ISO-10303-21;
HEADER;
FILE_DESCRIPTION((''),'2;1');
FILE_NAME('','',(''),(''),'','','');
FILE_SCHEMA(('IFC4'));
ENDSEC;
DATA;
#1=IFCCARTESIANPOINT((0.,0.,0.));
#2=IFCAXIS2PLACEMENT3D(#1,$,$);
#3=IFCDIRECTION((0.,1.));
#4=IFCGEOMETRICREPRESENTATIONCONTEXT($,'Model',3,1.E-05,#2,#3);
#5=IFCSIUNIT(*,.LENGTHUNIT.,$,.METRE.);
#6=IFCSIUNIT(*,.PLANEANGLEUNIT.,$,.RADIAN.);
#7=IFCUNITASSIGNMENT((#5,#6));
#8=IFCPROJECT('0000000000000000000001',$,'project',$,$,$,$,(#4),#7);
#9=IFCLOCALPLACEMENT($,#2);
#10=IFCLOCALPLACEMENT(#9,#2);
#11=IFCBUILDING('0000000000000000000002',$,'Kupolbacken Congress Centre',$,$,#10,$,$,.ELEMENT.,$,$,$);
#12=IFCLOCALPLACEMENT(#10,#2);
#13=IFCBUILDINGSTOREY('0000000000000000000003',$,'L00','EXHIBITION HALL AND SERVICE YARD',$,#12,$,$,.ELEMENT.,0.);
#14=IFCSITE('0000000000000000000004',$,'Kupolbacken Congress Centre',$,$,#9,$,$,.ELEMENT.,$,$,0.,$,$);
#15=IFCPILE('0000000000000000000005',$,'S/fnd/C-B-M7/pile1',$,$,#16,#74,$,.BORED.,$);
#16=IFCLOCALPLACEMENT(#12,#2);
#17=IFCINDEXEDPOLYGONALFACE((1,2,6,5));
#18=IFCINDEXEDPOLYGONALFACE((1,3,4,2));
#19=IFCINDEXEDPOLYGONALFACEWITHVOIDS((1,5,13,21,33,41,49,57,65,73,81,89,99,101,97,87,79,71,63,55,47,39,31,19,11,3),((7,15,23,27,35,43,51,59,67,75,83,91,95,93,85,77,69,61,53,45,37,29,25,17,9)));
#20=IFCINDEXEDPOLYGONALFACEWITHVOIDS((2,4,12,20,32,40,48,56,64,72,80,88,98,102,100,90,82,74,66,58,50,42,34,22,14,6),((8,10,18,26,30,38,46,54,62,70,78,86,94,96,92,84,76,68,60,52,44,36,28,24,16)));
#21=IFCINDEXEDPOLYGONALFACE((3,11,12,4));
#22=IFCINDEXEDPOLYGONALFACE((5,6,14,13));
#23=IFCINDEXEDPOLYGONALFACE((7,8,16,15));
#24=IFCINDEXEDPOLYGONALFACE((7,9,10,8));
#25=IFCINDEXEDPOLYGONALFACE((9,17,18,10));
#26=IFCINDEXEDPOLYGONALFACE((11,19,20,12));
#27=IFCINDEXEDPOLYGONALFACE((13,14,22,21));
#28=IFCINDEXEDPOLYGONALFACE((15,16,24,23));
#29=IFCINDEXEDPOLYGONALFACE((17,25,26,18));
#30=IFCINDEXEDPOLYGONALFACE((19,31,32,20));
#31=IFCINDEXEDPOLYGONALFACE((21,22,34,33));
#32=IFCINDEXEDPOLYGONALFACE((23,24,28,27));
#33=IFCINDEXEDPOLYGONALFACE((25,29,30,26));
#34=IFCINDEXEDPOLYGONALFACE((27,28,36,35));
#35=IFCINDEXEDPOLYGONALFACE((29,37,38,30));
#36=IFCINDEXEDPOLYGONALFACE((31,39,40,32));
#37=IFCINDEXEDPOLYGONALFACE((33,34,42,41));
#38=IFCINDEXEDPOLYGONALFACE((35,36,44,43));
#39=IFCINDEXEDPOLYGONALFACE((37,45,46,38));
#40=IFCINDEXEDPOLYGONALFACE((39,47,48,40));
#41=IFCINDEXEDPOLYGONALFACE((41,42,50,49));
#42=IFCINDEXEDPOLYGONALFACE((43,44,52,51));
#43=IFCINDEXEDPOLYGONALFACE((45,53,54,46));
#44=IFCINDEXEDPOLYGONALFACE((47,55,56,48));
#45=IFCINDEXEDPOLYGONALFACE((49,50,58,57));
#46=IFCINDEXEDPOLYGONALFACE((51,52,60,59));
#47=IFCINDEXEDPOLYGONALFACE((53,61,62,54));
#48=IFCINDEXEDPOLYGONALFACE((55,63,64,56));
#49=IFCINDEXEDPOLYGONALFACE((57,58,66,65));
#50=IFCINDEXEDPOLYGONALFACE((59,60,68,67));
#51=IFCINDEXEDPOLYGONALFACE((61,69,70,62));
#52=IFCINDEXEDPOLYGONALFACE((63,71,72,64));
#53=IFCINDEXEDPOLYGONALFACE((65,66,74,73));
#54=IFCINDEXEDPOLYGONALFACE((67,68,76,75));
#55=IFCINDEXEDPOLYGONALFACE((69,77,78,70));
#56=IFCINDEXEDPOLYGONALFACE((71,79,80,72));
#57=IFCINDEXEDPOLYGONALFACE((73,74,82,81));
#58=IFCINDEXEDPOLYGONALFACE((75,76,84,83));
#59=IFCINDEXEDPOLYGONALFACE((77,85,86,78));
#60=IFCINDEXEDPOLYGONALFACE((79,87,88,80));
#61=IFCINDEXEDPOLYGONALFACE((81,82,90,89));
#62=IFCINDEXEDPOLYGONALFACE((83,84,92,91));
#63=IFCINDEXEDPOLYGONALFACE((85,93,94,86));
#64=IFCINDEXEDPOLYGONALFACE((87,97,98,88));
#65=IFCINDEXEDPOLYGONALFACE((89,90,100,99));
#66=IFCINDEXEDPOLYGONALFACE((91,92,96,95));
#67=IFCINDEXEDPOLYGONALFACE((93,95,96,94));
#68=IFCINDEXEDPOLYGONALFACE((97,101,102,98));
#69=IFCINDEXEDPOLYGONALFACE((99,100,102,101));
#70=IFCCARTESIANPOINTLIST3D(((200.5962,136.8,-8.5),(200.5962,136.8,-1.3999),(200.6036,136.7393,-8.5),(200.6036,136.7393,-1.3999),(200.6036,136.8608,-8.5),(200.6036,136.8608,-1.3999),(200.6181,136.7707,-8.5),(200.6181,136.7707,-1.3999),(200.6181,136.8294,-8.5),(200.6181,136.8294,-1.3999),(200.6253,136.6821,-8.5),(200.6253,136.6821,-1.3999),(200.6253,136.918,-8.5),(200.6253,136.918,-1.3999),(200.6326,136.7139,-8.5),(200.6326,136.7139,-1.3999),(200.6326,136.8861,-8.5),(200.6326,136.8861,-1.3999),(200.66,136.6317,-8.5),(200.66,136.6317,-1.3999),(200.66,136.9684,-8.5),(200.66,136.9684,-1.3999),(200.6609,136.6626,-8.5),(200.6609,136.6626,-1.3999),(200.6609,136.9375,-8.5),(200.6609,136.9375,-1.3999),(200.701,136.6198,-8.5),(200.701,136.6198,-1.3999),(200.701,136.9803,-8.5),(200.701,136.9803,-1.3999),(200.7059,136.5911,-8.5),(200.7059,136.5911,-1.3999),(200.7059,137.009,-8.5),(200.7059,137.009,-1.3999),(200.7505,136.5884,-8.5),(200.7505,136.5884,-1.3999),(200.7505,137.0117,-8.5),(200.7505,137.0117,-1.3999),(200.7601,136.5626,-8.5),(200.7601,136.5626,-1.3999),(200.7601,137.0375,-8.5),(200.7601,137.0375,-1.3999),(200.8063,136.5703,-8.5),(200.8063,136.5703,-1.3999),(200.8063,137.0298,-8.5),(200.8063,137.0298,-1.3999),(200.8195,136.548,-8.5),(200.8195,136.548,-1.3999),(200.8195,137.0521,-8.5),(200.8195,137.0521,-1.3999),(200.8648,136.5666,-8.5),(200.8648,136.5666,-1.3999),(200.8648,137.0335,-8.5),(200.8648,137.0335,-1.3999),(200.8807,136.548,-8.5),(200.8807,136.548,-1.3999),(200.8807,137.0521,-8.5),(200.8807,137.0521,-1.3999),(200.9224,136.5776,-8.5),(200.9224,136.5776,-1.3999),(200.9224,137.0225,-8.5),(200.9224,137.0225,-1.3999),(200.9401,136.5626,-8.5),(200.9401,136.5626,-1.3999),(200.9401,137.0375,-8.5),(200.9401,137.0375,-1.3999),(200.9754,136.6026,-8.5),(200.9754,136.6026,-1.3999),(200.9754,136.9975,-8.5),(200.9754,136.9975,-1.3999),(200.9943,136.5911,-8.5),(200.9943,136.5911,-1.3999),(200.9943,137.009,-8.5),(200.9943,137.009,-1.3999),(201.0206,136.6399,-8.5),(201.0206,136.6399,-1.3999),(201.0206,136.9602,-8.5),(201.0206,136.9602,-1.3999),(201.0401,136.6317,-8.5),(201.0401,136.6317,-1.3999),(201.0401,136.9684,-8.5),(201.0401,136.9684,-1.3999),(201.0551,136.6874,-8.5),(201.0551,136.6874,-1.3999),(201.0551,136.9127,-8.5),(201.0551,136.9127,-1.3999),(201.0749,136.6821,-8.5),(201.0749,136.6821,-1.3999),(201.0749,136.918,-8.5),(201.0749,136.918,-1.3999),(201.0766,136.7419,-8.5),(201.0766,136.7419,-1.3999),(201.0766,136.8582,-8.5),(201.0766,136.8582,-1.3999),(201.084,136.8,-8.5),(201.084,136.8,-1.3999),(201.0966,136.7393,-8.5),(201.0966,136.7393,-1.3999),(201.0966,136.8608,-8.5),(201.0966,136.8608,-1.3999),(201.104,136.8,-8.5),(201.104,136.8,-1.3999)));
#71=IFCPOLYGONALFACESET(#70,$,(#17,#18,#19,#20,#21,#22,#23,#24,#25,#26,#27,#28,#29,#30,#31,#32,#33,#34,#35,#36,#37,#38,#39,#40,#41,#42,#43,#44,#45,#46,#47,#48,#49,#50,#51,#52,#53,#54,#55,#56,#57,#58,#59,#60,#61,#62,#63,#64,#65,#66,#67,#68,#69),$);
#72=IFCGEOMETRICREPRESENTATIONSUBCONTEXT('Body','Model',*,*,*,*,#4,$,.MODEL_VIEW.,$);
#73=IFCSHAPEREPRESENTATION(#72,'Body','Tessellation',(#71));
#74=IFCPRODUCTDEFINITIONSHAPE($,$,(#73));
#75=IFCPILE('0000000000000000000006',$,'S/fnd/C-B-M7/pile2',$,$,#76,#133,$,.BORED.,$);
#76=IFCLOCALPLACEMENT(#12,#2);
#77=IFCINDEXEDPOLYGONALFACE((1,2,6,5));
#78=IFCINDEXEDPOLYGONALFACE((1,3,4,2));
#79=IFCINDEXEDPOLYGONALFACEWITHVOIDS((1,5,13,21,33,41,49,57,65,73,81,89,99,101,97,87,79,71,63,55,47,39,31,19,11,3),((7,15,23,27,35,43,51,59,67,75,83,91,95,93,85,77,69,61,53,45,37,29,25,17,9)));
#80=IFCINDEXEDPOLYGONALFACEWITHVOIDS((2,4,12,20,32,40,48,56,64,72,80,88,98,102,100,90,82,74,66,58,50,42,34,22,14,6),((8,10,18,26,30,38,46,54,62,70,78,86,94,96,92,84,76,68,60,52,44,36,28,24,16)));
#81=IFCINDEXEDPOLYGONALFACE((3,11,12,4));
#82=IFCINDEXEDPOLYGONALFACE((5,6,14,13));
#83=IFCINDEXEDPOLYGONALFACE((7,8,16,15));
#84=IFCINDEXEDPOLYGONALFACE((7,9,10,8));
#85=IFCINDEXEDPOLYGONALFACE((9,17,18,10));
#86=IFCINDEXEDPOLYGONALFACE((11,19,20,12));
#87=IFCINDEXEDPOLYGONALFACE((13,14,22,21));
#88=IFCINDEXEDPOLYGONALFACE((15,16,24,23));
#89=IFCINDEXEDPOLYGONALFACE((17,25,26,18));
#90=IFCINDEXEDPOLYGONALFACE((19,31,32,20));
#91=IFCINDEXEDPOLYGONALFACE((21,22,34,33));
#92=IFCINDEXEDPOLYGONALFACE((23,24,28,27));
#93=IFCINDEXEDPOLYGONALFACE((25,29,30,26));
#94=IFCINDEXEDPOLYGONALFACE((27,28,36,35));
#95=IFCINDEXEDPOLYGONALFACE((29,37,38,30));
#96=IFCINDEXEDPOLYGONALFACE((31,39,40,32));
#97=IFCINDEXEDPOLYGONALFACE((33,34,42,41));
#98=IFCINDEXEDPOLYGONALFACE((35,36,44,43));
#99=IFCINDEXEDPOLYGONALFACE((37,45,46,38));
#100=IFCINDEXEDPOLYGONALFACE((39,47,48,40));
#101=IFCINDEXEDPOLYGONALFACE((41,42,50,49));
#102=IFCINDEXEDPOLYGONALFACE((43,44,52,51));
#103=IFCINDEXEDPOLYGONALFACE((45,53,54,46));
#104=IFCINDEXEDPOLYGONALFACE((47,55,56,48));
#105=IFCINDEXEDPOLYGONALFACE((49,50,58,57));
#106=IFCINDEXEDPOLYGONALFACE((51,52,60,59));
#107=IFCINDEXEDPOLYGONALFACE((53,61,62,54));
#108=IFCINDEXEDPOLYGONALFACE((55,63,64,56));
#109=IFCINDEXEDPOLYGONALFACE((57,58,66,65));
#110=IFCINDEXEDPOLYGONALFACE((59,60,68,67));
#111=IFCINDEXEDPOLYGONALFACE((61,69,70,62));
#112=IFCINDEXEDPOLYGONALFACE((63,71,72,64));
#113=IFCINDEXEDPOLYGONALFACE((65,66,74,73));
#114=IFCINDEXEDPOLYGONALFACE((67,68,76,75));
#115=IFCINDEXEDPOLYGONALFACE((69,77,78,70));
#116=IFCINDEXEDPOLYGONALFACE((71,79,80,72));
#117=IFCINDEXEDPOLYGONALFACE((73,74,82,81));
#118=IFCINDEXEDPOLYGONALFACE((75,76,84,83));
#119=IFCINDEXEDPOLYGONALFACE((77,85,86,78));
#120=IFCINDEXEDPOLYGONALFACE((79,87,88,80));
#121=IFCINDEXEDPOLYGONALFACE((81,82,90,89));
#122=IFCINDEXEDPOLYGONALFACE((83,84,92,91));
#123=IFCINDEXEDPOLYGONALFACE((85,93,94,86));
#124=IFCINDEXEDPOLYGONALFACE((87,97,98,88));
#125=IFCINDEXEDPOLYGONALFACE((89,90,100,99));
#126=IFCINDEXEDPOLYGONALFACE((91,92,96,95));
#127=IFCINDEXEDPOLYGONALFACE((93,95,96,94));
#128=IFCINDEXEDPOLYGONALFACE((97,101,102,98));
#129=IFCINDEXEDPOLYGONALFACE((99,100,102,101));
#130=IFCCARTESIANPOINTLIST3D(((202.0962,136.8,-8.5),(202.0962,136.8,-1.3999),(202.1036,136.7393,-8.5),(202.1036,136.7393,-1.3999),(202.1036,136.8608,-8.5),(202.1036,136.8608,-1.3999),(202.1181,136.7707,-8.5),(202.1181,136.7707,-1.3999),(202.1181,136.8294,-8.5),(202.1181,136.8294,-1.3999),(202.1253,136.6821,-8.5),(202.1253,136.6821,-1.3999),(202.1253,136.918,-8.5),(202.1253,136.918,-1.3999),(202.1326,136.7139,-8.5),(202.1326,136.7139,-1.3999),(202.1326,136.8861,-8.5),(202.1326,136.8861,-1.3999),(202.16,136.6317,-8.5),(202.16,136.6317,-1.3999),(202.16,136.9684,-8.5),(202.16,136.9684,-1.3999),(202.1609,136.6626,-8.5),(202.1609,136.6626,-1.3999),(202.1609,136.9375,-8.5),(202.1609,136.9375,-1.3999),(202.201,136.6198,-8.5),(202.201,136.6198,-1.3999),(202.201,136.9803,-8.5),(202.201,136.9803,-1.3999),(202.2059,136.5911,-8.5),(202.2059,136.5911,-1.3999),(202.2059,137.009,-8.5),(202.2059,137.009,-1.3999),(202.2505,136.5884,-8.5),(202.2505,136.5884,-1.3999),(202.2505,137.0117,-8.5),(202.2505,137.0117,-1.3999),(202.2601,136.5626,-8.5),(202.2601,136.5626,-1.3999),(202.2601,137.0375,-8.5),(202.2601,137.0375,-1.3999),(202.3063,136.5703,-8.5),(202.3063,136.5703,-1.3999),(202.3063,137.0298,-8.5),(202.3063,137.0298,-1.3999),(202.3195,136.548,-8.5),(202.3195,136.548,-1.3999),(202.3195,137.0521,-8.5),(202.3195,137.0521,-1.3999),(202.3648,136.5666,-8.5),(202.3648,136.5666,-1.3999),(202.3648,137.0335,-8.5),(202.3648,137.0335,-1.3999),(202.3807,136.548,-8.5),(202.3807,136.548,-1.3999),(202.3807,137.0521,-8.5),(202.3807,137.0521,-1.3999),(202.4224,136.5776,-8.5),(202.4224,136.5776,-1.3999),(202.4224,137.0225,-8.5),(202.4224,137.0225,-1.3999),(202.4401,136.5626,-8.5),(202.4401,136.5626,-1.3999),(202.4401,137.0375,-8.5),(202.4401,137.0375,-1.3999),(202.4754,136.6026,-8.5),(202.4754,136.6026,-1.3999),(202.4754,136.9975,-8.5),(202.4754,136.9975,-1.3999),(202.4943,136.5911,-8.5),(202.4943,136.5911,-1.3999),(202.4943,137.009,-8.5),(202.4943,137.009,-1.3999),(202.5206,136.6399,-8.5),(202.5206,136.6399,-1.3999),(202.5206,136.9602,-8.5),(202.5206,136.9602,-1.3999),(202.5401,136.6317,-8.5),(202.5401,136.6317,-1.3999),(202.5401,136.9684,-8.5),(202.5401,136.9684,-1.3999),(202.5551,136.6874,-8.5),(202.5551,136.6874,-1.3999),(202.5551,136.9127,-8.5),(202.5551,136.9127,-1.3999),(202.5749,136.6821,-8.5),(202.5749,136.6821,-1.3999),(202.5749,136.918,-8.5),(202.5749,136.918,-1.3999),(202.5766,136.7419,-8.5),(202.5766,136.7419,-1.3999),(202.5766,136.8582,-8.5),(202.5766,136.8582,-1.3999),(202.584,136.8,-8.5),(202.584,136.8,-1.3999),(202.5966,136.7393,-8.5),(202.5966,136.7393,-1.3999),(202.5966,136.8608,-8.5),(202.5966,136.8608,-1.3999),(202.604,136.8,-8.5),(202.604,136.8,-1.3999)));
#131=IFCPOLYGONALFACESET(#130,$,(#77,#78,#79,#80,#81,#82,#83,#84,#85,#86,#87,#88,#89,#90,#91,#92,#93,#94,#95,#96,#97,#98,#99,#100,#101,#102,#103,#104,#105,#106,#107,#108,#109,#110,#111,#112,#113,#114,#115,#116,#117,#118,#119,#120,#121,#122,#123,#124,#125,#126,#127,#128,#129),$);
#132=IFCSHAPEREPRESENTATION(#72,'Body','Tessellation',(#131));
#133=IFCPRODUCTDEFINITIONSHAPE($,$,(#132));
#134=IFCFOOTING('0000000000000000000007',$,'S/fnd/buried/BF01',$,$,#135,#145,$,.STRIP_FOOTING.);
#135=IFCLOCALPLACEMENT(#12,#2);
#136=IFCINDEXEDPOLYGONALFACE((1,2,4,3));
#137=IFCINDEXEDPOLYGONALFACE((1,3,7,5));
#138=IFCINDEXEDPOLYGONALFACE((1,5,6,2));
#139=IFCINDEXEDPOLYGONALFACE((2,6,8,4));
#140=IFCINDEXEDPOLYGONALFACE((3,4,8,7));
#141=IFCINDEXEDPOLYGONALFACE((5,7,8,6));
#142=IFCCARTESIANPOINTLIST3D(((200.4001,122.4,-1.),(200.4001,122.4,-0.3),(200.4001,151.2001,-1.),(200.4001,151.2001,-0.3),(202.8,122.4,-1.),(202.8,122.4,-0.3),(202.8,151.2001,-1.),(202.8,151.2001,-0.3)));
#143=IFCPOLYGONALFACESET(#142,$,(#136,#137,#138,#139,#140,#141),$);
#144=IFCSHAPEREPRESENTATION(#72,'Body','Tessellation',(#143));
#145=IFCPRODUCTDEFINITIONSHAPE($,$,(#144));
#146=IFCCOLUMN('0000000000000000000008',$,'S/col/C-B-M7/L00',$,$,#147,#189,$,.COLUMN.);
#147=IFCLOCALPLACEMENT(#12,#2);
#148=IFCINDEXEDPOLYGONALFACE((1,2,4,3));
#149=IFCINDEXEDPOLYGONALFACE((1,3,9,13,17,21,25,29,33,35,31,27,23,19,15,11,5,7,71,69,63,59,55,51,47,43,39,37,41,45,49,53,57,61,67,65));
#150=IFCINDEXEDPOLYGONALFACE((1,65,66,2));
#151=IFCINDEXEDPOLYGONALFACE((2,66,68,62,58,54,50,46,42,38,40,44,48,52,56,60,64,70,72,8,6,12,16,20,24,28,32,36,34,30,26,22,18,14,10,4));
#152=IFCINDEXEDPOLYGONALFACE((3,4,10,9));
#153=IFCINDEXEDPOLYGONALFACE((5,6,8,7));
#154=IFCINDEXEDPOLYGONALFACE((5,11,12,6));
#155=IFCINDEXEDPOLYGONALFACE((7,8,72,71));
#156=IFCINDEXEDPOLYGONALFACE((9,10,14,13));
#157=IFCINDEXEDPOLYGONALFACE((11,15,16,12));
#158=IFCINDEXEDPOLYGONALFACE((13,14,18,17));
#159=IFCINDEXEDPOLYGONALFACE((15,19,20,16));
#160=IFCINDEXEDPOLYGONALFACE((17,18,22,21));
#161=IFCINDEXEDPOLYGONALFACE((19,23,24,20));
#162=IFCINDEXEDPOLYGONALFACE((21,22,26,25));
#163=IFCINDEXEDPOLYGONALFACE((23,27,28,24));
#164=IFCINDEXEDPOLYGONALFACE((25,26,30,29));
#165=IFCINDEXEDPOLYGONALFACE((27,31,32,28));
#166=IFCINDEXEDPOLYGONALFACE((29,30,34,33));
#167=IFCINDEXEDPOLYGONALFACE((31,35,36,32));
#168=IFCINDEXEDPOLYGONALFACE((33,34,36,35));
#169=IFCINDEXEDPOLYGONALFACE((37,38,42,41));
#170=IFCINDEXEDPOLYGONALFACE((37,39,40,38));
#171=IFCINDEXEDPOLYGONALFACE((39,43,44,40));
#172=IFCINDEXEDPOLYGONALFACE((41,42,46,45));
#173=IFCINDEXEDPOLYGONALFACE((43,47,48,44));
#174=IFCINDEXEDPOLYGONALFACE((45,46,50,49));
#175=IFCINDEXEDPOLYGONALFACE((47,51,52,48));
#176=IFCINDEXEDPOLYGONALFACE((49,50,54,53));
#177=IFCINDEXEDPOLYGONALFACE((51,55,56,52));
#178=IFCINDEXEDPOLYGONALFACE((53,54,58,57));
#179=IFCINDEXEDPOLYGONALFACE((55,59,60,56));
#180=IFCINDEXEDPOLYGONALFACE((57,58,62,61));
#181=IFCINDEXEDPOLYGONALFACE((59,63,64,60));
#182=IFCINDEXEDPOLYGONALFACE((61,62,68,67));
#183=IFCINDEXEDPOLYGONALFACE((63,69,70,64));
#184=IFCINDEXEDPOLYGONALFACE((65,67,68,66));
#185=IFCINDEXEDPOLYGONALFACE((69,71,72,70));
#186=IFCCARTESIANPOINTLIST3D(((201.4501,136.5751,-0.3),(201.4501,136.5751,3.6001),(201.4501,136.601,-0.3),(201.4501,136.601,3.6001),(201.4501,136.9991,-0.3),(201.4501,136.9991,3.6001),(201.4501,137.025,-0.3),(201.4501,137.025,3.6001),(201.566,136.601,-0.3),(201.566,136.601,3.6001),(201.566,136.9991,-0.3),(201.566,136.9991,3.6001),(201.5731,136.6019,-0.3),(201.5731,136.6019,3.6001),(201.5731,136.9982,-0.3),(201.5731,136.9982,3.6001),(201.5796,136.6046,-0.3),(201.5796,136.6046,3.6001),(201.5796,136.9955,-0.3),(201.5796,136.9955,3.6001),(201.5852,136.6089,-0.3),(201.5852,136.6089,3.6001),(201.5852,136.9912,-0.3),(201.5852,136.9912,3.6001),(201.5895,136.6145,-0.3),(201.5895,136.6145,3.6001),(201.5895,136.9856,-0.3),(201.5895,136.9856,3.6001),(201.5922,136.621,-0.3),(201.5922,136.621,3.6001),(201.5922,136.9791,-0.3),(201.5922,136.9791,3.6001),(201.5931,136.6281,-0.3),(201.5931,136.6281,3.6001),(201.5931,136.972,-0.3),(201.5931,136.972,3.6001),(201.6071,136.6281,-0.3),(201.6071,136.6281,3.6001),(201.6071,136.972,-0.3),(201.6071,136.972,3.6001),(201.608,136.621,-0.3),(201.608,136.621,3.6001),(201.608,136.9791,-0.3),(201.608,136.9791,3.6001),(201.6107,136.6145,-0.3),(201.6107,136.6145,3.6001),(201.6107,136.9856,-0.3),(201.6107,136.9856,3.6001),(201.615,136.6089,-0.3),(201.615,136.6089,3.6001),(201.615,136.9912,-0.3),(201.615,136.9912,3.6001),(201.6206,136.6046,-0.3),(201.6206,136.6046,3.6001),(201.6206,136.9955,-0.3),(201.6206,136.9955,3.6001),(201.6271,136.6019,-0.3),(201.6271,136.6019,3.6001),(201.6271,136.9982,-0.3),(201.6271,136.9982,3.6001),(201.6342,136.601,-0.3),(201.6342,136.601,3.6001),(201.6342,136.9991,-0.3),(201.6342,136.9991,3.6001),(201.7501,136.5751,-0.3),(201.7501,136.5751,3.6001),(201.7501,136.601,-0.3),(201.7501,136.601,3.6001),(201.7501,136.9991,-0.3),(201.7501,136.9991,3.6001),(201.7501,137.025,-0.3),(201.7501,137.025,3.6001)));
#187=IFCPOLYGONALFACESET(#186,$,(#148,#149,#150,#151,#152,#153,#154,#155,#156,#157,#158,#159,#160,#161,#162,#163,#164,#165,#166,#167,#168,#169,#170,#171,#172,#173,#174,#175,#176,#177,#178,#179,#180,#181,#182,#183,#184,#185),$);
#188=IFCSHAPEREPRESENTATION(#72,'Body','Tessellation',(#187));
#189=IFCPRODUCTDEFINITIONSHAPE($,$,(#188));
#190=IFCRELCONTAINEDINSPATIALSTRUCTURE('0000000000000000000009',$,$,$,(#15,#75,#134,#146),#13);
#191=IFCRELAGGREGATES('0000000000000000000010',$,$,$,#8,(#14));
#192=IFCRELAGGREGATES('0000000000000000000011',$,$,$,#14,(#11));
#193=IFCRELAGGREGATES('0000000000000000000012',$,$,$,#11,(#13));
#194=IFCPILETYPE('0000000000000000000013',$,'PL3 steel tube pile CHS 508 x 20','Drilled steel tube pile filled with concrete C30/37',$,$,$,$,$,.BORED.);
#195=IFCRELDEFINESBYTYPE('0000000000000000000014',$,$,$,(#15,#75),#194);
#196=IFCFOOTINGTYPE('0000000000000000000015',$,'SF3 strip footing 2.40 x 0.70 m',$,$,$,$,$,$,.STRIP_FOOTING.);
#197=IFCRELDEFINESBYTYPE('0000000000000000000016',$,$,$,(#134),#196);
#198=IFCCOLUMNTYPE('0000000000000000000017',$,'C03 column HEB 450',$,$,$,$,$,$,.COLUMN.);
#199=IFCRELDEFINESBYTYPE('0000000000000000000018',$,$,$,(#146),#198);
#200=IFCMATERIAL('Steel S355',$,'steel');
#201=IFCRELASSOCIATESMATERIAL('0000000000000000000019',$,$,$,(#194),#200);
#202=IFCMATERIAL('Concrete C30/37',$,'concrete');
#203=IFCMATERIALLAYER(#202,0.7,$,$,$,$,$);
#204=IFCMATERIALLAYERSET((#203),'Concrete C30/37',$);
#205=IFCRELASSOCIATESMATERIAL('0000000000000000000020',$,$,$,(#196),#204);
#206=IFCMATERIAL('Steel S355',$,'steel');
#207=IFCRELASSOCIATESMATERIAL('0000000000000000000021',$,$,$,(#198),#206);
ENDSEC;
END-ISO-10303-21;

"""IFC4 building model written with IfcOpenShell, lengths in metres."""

from ifc_helpers import new_model, si_unit, direction, frame, origin, origin_2d, place, context, subcontext, project, spatial, rectangle, hollow_circle, i_section, extrude, material, layer, layer_set, material_profile, profile_set, type_object, element, save


model = new_model("IFC4")

# Units and contexts
model_context = context("Model", 3, precision=1e-05, world=origin(), true_north=direction((0.0, 1.0)))
body_context = subcontext(model_context, "Body", "Model", "MODEL_VIEW")
ifc_project = project(units=[si_unit("LENGTHUNIT", "METRE"), si_unit("PLANEANGLEUNIT", "RADIAN")], contexts=[model_context])

# Site, building, storey
site_placement = place(None, origin())
site = spatial("IfcSite", under=ifc_project, at=site_placement, Name="Kupolbacken Congress Centre", CompositionType="ELEMENT", RefElevation=0.0)
building_placement = place(site_placement, origin())
building = spatial("IfcBuilding", under=site, at=building_placement, Name="Kupolbacken Congress Centre", CompositionType="ELEMENT")
storey_placement = place(building_placement, origin())
storey = spatial("IfcBuildingStorey", under=building, at=storey_placement, Name="L00", Description="EXHIBITION HALL AND SERVICE YARD", CompositionType="ELEMENT", Elevation=0.0)

# Piles
ifc_material_1 = material(Name="Steel S355", Category="steel")
ifc_material_profile_1 = material_profile(ifc_material_1, hollow_circle(Radius=0.2539, WallThickness=0.02, at=origin_2d()), Name="CHS 508 x 20")
ifc_profile_set_1 = profile_set([ifc_material_profile_1], Name="Steel S355")
pile_type_1 = type_object("IfcPileType", Name="PL3 steel tube pile CHS 508 x 20", Description="Drilled steel tube pile filled with concrete C30/37", PredefinedType="BORED", material=ifc_profile_set_1)
for number, where, z_axis, x_axis, name in (
    (1, (200.8501, 136.8, -1.3999), (0.0, 0.0, -1.0), (1.0, 0.0, 0.0), "S/fnd/C-B-M7/pile1"),
    (2, (202.3501, 136.8, -1.3999), (0.0, 0.0, -1.0), (1.0, 0.0, 0.0), "S/fnd/C-B-M7/pile2"),
):
    element("IfcPile", number, at=place(storey_placement, frame(where, z_axis=z_axis, x_axis=x_axis)), inside=storey, type_object=pile_type_1, Name=name, PredefinedType="BORED", context=body_context, shape_type="SweptSolid", body=[
        extrude(hollow_circle(Radius=0.2539, WallThickness=0.02, at=origin_2d()), origin(), (0.0, 0.0, 1.0), 7.1001),
    ])

# Footing
ifc_material_2 = material(Name="Concrete C30/37", Category="concrete")
ifc_layer_1 = layer(ifc_material_2, 0.7)
ifc_layer_set_1 = layer_set([ifc_layer_1], Name="Concrete C30/37")
footing_type_1 = type_object("IfcFootingType", Name="SF3 strip footing 2.40 x 0.70 m", PredefinedType="STRIP_FOOTING", material=ifc_layer_set_1)
footing_1_placement = place(storey_placement, frame((201.6001, 136.8, -1.0), z_axis=(0.0, 0.0, 1.0), x_axis=(0.0, 1.0, 0.0)))
element("IfcFooting", 3, at=footing_1_placement, inside=storey, type_object=footing_type_1, Name="S/fnd/buried/BF01", PredefinedType="STRIP_FOOTING", context=body_context, shape_type="SweptSolid", body=[
    extrude(rectangle(XDim=28.8, YDim=2.3999, at=origin_2d()), origin(), (0.0, 0.0, 1.0), 0.7),
])

# Column
ifc_material_3 = material(Name="Steel S355", Category="steel")
ifc_material_profile_2 = material_profile(ifc_material_3, i_section(OverallWidth=0.3, OverallDepth=0.45, WebThickness=0.0139, FlangeThickness=0.0259, FilletRadius=0.0271, at=origin_2d()), Name="HEB 450")
ifc_profile_set_2 = profile_set([ifc_material_profile_2], Name="Steel S355")
column_type_1 = type_object("IfcColumnType", Name="C03 column HEB 450", PredefinedType="COLUMN", material=ifc_profile_set_2)
column_1_placement = place(storey_placement, frame((201.6001, 136.8, -0.3), z_axis=(0.0, 0.0, 1.0), x_axis=(1.0, 0.0, 0.0)))
element("IfcColumn", 4, at=column_1_placement, inside=storey, type_object=column_type_1, Name="S/col/C-B-M7/L00", PredefinedType="COLUMN", context=body_context, shape_type="SweptSolid", body=[
    extrude(i_section(OverallWidth=0.3, OverallDepth=0.45, WebThickness=0.0139, FlangeThickness=0.0259, FilletRadius=0.0271, at=origin_2d()), origin(), (0.0, 0.0, 1.0), 3.9001),
])

save(model, "model.ifc")
